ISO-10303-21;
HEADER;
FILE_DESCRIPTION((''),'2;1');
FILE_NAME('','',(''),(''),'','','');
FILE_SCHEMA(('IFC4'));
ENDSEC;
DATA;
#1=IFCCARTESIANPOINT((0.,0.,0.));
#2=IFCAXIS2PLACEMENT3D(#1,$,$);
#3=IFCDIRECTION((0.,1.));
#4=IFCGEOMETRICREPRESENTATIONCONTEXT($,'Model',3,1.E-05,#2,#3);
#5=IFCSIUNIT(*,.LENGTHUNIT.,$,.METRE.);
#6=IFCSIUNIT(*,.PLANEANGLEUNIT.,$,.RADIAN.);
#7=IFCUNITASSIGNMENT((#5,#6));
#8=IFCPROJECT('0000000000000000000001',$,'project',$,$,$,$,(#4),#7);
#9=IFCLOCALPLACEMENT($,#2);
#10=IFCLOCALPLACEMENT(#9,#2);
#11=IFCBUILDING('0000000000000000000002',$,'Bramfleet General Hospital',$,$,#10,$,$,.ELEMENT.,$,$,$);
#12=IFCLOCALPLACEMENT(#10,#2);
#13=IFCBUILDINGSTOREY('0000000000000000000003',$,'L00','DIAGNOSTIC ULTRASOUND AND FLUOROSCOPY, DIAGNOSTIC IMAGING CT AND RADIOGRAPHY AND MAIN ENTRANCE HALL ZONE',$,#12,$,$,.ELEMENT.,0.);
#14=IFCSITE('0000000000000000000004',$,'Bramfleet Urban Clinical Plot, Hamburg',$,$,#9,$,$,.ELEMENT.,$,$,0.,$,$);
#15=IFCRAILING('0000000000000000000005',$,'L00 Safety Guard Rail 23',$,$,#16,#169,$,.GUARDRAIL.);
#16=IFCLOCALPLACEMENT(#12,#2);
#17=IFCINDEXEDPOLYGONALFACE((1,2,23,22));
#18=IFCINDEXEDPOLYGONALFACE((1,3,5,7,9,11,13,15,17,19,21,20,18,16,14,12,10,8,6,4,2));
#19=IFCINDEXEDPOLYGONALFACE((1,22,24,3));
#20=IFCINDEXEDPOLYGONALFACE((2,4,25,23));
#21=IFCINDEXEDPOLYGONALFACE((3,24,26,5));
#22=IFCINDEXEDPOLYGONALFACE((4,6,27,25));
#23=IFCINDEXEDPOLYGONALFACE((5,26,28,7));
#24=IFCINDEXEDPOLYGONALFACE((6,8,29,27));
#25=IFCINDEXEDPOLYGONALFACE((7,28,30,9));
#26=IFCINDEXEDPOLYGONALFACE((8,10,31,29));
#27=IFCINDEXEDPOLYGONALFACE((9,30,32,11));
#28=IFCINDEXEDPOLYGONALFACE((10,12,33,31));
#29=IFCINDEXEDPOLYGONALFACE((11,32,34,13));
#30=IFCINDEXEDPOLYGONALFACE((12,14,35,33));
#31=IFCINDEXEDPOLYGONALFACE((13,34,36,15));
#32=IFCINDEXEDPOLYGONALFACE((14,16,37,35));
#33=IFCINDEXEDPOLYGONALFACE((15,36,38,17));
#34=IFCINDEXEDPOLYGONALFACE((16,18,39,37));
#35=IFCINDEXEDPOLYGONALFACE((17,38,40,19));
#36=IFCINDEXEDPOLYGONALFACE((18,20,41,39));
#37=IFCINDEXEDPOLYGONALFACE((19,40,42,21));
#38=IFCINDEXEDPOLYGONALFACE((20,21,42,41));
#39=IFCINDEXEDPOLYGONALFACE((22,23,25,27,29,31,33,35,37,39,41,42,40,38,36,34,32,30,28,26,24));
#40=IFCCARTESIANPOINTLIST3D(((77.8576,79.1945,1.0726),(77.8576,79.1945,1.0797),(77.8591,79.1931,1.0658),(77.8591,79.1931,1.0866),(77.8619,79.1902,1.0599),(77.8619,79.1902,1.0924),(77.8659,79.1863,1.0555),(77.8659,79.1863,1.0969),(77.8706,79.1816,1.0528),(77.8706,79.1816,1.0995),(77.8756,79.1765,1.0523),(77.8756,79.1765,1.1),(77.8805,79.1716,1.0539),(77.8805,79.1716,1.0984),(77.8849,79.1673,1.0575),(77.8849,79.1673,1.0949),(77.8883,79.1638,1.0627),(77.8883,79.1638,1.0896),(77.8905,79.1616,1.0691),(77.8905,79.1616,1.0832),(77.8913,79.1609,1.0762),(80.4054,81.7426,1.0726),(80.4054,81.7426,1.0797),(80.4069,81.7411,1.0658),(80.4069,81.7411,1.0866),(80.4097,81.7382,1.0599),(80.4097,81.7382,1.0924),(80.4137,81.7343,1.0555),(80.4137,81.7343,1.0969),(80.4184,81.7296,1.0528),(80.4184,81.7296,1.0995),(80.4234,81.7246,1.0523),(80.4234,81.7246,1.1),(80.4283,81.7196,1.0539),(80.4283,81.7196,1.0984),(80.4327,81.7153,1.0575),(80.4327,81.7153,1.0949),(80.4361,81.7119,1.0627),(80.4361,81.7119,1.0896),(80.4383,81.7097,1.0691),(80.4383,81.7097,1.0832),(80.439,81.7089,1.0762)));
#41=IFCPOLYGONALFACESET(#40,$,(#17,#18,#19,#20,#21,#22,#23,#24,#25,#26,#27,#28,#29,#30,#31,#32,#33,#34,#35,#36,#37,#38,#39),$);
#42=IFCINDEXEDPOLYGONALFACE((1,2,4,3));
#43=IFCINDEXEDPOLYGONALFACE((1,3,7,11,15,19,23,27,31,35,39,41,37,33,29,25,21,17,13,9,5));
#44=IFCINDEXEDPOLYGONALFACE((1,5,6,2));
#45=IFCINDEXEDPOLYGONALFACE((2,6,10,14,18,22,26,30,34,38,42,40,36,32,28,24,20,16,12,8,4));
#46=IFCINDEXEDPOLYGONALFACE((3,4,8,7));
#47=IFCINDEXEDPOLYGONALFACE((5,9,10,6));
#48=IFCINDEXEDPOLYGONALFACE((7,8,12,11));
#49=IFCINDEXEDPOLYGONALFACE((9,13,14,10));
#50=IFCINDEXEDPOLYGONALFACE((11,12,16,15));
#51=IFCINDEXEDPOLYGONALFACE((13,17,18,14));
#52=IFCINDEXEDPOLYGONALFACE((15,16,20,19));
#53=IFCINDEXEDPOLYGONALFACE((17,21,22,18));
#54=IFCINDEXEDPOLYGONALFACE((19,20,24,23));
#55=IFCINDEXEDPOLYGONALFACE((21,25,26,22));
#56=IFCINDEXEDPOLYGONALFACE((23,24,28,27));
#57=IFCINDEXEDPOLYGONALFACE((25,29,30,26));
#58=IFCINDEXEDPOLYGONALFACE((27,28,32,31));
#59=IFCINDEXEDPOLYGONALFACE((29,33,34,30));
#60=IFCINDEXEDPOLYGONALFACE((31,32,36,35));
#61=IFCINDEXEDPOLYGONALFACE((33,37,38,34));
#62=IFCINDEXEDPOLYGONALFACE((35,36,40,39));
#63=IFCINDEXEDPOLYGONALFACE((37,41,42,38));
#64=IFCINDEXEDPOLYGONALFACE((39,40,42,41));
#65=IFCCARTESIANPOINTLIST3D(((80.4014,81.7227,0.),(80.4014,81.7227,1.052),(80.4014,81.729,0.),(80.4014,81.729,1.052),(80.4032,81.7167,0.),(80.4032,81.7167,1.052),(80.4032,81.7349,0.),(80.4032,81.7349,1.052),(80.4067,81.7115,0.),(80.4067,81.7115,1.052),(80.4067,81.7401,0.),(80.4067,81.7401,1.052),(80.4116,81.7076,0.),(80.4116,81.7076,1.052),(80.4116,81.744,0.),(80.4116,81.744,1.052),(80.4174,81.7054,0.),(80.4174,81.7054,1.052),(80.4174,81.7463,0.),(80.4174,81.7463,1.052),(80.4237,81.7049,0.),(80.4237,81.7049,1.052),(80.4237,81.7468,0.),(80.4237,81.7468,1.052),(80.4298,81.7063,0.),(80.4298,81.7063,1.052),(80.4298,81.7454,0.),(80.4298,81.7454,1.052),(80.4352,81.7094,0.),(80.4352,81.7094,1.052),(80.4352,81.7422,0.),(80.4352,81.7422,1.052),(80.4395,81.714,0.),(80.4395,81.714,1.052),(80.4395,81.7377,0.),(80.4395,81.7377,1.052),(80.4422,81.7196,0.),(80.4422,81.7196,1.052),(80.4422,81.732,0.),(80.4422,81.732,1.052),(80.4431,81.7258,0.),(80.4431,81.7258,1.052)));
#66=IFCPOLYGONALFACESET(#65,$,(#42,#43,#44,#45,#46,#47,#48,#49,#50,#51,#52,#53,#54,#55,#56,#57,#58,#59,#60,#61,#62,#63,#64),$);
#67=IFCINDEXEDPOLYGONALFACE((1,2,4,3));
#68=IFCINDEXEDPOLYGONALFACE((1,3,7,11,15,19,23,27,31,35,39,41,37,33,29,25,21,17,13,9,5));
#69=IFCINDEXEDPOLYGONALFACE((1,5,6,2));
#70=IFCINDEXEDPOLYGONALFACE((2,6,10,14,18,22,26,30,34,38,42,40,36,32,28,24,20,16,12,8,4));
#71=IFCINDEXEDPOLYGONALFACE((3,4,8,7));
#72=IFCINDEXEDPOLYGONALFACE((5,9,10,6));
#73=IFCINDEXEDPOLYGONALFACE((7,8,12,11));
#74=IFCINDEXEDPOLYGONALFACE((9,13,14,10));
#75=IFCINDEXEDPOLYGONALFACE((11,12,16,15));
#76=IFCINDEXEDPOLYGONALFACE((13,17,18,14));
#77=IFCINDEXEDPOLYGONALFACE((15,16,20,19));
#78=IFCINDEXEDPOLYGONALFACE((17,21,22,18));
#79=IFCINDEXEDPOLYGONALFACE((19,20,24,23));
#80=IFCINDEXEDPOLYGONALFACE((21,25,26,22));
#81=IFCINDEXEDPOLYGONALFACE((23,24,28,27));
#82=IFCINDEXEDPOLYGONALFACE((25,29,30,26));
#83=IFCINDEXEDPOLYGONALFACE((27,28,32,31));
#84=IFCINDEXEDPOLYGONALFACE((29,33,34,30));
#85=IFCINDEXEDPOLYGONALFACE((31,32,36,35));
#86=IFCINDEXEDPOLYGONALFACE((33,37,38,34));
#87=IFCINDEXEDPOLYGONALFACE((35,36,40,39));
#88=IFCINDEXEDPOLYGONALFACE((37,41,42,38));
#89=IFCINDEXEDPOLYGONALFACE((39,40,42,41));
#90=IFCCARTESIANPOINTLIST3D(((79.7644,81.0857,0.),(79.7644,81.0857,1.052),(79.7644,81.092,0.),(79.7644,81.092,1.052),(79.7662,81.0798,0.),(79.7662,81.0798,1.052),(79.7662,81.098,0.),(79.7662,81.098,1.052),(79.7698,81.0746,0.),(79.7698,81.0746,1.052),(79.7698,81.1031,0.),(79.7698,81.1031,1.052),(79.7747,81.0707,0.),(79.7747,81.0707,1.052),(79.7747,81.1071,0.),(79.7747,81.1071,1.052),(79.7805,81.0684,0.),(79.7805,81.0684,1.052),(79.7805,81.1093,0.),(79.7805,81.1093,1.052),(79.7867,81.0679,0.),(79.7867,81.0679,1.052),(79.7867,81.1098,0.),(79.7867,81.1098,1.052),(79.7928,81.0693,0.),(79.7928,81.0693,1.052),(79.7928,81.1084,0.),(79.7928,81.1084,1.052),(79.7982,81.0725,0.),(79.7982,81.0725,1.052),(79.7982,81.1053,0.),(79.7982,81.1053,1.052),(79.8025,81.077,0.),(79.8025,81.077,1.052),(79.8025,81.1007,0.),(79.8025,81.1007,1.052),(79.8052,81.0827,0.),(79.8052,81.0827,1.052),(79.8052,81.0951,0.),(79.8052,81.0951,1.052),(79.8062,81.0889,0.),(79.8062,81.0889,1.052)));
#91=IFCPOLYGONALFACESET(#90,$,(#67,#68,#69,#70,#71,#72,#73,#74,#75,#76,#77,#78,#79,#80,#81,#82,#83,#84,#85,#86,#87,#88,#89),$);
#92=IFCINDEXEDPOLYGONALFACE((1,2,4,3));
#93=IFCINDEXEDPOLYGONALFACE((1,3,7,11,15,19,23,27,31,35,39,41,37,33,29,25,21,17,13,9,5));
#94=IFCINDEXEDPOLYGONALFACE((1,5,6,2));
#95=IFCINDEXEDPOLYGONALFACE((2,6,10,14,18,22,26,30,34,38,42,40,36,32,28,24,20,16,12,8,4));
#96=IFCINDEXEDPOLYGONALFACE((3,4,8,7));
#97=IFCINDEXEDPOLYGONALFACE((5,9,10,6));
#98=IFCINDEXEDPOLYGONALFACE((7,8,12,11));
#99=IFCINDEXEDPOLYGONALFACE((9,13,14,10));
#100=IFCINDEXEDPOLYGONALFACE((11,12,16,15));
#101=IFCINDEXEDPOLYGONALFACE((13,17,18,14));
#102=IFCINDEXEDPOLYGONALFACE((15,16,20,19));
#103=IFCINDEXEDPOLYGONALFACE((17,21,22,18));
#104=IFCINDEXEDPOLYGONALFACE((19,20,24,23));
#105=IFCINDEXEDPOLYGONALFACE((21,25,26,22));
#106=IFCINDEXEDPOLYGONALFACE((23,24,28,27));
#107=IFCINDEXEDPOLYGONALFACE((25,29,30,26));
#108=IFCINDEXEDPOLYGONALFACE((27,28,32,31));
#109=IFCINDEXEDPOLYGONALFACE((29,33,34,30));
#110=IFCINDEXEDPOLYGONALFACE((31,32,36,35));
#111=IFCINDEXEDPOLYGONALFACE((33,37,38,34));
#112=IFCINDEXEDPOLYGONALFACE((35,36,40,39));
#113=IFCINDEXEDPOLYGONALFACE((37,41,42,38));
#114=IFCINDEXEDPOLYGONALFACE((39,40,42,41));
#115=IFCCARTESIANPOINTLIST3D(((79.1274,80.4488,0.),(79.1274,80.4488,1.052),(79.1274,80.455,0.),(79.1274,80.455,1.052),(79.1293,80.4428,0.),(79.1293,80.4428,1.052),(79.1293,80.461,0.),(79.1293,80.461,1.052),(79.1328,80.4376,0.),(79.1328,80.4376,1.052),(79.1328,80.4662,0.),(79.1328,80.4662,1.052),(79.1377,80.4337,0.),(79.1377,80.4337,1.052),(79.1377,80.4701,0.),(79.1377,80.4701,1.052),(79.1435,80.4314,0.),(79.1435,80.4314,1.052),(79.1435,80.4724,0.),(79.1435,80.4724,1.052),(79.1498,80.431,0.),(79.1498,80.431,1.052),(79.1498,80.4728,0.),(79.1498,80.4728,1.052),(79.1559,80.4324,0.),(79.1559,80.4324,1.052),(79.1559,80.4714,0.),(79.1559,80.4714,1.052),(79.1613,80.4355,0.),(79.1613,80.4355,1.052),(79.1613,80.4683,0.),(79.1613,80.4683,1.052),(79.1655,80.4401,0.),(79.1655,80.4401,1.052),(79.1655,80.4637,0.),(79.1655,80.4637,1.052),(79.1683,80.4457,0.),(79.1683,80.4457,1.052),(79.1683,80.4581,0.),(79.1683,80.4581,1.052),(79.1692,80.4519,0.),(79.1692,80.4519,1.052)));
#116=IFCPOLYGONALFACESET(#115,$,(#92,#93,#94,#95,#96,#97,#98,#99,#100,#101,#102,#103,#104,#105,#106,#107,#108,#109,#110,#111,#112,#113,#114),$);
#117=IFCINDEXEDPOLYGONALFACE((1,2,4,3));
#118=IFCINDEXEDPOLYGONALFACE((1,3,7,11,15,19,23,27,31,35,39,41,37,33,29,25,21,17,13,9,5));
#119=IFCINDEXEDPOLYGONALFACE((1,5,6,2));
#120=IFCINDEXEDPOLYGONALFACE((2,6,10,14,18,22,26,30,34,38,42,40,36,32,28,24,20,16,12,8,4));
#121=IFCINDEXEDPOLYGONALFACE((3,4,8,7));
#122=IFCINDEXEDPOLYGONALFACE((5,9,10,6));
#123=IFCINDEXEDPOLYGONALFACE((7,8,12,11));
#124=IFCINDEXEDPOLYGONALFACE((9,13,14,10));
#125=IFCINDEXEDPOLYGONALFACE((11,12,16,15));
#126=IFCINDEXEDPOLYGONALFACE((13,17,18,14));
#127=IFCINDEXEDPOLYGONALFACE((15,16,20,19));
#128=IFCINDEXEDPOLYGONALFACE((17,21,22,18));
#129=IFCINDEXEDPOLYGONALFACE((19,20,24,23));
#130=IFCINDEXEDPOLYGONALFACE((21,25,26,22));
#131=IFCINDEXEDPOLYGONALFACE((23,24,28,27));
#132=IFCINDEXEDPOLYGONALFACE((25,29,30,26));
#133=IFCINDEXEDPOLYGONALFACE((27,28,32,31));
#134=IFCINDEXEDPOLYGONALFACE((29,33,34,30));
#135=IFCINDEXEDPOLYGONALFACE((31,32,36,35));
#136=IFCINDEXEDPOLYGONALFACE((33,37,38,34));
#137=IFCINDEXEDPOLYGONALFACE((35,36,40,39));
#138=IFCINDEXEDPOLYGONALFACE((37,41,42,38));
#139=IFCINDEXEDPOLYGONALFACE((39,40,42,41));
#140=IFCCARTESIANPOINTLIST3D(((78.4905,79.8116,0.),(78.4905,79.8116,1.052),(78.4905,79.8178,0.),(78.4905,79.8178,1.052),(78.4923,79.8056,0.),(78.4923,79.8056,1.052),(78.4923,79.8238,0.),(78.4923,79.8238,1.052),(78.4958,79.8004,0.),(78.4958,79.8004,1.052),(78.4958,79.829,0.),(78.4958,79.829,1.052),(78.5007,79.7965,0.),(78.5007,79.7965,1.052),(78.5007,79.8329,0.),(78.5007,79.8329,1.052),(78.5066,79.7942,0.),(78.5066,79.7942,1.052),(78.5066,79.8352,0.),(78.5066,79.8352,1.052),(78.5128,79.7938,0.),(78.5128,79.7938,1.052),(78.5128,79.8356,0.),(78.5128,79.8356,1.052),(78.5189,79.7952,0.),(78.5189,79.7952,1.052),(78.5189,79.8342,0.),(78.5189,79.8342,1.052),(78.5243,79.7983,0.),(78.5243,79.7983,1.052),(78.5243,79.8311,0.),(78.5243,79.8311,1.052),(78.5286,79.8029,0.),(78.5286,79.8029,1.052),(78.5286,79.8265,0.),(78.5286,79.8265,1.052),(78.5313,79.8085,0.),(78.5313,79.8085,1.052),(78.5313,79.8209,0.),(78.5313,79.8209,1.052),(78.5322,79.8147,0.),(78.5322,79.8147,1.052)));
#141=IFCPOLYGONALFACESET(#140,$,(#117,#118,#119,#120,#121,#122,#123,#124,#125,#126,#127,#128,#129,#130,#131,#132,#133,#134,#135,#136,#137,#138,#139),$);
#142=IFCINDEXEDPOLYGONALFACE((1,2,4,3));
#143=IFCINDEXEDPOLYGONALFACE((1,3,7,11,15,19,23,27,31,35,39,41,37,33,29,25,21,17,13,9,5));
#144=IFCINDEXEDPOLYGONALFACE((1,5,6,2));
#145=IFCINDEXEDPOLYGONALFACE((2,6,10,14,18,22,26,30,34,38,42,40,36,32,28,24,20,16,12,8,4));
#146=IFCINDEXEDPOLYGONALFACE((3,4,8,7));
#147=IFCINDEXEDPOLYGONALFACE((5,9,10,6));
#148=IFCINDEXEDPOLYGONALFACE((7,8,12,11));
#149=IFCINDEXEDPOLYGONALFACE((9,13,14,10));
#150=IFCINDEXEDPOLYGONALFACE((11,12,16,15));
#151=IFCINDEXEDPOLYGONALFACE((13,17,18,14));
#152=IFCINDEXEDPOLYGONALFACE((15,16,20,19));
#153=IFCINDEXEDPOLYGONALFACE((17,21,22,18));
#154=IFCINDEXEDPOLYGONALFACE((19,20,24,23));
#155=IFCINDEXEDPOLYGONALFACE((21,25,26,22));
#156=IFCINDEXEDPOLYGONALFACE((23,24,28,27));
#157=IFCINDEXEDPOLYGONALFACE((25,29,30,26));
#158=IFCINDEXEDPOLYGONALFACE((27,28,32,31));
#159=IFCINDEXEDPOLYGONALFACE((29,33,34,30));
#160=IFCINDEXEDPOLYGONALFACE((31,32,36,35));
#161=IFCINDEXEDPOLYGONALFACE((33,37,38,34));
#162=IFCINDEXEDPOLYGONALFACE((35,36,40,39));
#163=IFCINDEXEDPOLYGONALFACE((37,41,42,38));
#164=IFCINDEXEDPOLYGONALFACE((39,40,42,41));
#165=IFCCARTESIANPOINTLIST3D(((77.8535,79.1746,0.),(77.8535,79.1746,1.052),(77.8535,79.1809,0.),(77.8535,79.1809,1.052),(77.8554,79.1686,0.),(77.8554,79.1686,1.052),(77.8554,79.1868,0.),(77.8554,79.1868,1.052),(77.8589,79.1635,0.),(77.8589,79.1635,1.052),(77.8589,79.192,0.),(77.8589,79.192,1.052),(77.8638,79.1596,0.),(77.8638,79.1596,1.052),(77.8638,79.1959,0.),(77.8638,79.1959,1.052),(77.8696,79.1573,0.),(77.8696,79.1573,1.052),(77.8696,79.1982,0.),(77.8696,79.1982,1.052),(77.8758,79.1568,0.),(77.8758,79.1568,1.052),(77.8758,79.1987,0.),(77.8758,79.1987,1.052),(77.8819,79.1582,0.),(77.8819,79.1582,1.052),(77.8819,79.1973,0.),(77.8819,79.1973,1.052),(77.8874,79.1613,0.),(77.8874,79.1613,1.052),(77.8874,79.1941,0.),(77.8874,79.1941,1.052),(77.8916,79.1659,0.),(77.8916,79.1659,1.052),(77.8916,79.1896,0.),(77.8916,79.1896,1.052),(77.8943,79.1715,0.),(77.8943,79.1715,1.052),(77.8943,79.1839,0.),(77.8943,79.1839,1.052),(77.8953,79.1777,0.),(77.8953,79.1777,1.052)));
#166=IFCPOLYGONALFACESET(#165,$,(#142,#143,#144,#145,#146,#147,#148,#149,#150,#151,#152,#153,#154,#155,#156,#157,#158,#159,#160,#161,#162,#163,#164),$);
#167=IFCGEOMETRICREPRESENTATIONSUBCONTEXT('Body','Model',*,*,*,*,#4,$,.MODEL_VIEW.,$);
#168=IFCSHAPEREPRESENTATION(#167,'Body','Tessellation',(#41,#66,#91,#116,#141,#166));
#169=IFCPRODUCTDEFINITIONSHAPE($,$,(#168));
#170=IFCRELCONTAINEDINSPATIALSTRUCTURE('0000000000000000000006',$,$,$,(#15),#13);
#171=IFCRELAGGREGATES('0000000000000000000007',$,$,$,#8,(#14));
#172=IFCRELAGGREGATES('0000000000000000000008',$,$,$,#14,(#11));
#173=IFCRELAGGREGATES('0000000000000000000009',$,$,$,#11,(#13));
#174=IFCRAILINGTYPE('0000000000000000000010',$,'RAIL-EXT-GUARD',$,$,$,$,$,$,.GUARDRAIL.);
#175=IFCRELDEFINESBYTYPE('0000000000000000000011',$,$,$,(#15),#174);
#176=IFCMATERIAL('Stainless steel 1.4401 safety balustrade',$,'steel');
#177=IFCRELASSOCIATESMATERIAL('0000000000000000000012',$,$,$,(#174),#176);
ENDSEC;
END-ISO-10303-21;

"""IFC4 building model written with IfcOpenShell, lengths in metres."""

from ifc_helpers import new_model, si_unit, direction, frame, origin, origin_2d, place, context, subcontext, project, spatial, circle, extrude, material, type_object, element, save


model = new_model("IFC4")

# Units and contexts
model_context = context("Model", 3, precision=1e-05, world=origin(), true_north=direction((0.0, 1.0)))
body_context = subcontext(model_context, "Body", "Model", "MODEL_VIEW")
ifc_project = project(units=[si_unit("LENGTHUNIT", "METRE"), si_unit("PLANEANGLEUNIT", "RADIAN")], contexts=[model_context])

# Site, building, storey
site_placement = place(None, origin())
site = spatial("IfcSite", under=ifc_project, at=site_placement, Name="Bramfleet Urban Clinical Plot, Hamburg", CompositionType="ELEMENT", RefElevation=0.0)
building_placement = place(site_placement, origin())
building = spatial("IfcBuilding", under=site, at=building_placement, Name="Bramfleet General Hospital", CompositionType="ELEMENT")
storey_placement = place(building_placement, origin())
storey = spatial("IfcBuildingStorey", under=building, at=storey_placement, Name="L00", Description="DIAGNOSTIC ULTRASOUND AND FLUOROSCOPY, DIAGNOSTIC IMAGING CT AND RADIOGRAPHY AND MAIN ENTRANCE HALL ZONE", CompositionType="ELEMENT", Elevation=0.0)

# Railing
ifc_material_1 = material(Name="Stainless steel 1.4401 safety balustrade", Category="steel")
railing_type = type_object("IfcRailingType", Name="RAIL-EXT-GUARD", PredefinedType="GUARDRAIL", material=ifc_material_1)
railing_placement = place(storey_placement, frame((80.4221, 81.7258, 0.0)))
element("IfcRailing", 1, at=railing_placement, inside=storey, type_object=railing_type, Name="L00 Safety Guard Rail 23", PredefinedType="GUARDRAIL", context=body_context, shape_type="SweptSolid", body=[
    extrude(circle(Radius=0.0239, at=origin_2d()), frame((0.0, 0.0, 1.0762), z_axis=(-0.707073, -0.707141, 0.0), x_axis=(0.707141, -0.707073, 0.0)), (0.0, 0.0, 1.0), 3.6033),
    extrude(circle(Radius=0.021, at=origin_2d()), origin(), (0.0, 0.0, 1.0), 1.052),
    extrude(circle(Radius=0.021, at=origin_2d()), frame((-0.637, -0.637, 0.0)), (0.0, 0.0, 1.0), 1.052),
    extrude(circle(Radius=0.021, at=origin_2d()), frame((-1.2739, -1.2739, 0.0)), (0.0, 0.0, 1.0), 1.052),
    extrude(circle(Radius=0.021, at=origin_2d()), frame((-1.9109, -1.9111, 0.0)), (0.0, 0.0, 1.0), 1.052),
    extrude(circle(Radius=0.021, at=origin_2d()), frame((-2.5479, -2.5481, 0.0)), (0.0, 0.0, 1.0), 1.052),
])

save(model, "model.ifc")
